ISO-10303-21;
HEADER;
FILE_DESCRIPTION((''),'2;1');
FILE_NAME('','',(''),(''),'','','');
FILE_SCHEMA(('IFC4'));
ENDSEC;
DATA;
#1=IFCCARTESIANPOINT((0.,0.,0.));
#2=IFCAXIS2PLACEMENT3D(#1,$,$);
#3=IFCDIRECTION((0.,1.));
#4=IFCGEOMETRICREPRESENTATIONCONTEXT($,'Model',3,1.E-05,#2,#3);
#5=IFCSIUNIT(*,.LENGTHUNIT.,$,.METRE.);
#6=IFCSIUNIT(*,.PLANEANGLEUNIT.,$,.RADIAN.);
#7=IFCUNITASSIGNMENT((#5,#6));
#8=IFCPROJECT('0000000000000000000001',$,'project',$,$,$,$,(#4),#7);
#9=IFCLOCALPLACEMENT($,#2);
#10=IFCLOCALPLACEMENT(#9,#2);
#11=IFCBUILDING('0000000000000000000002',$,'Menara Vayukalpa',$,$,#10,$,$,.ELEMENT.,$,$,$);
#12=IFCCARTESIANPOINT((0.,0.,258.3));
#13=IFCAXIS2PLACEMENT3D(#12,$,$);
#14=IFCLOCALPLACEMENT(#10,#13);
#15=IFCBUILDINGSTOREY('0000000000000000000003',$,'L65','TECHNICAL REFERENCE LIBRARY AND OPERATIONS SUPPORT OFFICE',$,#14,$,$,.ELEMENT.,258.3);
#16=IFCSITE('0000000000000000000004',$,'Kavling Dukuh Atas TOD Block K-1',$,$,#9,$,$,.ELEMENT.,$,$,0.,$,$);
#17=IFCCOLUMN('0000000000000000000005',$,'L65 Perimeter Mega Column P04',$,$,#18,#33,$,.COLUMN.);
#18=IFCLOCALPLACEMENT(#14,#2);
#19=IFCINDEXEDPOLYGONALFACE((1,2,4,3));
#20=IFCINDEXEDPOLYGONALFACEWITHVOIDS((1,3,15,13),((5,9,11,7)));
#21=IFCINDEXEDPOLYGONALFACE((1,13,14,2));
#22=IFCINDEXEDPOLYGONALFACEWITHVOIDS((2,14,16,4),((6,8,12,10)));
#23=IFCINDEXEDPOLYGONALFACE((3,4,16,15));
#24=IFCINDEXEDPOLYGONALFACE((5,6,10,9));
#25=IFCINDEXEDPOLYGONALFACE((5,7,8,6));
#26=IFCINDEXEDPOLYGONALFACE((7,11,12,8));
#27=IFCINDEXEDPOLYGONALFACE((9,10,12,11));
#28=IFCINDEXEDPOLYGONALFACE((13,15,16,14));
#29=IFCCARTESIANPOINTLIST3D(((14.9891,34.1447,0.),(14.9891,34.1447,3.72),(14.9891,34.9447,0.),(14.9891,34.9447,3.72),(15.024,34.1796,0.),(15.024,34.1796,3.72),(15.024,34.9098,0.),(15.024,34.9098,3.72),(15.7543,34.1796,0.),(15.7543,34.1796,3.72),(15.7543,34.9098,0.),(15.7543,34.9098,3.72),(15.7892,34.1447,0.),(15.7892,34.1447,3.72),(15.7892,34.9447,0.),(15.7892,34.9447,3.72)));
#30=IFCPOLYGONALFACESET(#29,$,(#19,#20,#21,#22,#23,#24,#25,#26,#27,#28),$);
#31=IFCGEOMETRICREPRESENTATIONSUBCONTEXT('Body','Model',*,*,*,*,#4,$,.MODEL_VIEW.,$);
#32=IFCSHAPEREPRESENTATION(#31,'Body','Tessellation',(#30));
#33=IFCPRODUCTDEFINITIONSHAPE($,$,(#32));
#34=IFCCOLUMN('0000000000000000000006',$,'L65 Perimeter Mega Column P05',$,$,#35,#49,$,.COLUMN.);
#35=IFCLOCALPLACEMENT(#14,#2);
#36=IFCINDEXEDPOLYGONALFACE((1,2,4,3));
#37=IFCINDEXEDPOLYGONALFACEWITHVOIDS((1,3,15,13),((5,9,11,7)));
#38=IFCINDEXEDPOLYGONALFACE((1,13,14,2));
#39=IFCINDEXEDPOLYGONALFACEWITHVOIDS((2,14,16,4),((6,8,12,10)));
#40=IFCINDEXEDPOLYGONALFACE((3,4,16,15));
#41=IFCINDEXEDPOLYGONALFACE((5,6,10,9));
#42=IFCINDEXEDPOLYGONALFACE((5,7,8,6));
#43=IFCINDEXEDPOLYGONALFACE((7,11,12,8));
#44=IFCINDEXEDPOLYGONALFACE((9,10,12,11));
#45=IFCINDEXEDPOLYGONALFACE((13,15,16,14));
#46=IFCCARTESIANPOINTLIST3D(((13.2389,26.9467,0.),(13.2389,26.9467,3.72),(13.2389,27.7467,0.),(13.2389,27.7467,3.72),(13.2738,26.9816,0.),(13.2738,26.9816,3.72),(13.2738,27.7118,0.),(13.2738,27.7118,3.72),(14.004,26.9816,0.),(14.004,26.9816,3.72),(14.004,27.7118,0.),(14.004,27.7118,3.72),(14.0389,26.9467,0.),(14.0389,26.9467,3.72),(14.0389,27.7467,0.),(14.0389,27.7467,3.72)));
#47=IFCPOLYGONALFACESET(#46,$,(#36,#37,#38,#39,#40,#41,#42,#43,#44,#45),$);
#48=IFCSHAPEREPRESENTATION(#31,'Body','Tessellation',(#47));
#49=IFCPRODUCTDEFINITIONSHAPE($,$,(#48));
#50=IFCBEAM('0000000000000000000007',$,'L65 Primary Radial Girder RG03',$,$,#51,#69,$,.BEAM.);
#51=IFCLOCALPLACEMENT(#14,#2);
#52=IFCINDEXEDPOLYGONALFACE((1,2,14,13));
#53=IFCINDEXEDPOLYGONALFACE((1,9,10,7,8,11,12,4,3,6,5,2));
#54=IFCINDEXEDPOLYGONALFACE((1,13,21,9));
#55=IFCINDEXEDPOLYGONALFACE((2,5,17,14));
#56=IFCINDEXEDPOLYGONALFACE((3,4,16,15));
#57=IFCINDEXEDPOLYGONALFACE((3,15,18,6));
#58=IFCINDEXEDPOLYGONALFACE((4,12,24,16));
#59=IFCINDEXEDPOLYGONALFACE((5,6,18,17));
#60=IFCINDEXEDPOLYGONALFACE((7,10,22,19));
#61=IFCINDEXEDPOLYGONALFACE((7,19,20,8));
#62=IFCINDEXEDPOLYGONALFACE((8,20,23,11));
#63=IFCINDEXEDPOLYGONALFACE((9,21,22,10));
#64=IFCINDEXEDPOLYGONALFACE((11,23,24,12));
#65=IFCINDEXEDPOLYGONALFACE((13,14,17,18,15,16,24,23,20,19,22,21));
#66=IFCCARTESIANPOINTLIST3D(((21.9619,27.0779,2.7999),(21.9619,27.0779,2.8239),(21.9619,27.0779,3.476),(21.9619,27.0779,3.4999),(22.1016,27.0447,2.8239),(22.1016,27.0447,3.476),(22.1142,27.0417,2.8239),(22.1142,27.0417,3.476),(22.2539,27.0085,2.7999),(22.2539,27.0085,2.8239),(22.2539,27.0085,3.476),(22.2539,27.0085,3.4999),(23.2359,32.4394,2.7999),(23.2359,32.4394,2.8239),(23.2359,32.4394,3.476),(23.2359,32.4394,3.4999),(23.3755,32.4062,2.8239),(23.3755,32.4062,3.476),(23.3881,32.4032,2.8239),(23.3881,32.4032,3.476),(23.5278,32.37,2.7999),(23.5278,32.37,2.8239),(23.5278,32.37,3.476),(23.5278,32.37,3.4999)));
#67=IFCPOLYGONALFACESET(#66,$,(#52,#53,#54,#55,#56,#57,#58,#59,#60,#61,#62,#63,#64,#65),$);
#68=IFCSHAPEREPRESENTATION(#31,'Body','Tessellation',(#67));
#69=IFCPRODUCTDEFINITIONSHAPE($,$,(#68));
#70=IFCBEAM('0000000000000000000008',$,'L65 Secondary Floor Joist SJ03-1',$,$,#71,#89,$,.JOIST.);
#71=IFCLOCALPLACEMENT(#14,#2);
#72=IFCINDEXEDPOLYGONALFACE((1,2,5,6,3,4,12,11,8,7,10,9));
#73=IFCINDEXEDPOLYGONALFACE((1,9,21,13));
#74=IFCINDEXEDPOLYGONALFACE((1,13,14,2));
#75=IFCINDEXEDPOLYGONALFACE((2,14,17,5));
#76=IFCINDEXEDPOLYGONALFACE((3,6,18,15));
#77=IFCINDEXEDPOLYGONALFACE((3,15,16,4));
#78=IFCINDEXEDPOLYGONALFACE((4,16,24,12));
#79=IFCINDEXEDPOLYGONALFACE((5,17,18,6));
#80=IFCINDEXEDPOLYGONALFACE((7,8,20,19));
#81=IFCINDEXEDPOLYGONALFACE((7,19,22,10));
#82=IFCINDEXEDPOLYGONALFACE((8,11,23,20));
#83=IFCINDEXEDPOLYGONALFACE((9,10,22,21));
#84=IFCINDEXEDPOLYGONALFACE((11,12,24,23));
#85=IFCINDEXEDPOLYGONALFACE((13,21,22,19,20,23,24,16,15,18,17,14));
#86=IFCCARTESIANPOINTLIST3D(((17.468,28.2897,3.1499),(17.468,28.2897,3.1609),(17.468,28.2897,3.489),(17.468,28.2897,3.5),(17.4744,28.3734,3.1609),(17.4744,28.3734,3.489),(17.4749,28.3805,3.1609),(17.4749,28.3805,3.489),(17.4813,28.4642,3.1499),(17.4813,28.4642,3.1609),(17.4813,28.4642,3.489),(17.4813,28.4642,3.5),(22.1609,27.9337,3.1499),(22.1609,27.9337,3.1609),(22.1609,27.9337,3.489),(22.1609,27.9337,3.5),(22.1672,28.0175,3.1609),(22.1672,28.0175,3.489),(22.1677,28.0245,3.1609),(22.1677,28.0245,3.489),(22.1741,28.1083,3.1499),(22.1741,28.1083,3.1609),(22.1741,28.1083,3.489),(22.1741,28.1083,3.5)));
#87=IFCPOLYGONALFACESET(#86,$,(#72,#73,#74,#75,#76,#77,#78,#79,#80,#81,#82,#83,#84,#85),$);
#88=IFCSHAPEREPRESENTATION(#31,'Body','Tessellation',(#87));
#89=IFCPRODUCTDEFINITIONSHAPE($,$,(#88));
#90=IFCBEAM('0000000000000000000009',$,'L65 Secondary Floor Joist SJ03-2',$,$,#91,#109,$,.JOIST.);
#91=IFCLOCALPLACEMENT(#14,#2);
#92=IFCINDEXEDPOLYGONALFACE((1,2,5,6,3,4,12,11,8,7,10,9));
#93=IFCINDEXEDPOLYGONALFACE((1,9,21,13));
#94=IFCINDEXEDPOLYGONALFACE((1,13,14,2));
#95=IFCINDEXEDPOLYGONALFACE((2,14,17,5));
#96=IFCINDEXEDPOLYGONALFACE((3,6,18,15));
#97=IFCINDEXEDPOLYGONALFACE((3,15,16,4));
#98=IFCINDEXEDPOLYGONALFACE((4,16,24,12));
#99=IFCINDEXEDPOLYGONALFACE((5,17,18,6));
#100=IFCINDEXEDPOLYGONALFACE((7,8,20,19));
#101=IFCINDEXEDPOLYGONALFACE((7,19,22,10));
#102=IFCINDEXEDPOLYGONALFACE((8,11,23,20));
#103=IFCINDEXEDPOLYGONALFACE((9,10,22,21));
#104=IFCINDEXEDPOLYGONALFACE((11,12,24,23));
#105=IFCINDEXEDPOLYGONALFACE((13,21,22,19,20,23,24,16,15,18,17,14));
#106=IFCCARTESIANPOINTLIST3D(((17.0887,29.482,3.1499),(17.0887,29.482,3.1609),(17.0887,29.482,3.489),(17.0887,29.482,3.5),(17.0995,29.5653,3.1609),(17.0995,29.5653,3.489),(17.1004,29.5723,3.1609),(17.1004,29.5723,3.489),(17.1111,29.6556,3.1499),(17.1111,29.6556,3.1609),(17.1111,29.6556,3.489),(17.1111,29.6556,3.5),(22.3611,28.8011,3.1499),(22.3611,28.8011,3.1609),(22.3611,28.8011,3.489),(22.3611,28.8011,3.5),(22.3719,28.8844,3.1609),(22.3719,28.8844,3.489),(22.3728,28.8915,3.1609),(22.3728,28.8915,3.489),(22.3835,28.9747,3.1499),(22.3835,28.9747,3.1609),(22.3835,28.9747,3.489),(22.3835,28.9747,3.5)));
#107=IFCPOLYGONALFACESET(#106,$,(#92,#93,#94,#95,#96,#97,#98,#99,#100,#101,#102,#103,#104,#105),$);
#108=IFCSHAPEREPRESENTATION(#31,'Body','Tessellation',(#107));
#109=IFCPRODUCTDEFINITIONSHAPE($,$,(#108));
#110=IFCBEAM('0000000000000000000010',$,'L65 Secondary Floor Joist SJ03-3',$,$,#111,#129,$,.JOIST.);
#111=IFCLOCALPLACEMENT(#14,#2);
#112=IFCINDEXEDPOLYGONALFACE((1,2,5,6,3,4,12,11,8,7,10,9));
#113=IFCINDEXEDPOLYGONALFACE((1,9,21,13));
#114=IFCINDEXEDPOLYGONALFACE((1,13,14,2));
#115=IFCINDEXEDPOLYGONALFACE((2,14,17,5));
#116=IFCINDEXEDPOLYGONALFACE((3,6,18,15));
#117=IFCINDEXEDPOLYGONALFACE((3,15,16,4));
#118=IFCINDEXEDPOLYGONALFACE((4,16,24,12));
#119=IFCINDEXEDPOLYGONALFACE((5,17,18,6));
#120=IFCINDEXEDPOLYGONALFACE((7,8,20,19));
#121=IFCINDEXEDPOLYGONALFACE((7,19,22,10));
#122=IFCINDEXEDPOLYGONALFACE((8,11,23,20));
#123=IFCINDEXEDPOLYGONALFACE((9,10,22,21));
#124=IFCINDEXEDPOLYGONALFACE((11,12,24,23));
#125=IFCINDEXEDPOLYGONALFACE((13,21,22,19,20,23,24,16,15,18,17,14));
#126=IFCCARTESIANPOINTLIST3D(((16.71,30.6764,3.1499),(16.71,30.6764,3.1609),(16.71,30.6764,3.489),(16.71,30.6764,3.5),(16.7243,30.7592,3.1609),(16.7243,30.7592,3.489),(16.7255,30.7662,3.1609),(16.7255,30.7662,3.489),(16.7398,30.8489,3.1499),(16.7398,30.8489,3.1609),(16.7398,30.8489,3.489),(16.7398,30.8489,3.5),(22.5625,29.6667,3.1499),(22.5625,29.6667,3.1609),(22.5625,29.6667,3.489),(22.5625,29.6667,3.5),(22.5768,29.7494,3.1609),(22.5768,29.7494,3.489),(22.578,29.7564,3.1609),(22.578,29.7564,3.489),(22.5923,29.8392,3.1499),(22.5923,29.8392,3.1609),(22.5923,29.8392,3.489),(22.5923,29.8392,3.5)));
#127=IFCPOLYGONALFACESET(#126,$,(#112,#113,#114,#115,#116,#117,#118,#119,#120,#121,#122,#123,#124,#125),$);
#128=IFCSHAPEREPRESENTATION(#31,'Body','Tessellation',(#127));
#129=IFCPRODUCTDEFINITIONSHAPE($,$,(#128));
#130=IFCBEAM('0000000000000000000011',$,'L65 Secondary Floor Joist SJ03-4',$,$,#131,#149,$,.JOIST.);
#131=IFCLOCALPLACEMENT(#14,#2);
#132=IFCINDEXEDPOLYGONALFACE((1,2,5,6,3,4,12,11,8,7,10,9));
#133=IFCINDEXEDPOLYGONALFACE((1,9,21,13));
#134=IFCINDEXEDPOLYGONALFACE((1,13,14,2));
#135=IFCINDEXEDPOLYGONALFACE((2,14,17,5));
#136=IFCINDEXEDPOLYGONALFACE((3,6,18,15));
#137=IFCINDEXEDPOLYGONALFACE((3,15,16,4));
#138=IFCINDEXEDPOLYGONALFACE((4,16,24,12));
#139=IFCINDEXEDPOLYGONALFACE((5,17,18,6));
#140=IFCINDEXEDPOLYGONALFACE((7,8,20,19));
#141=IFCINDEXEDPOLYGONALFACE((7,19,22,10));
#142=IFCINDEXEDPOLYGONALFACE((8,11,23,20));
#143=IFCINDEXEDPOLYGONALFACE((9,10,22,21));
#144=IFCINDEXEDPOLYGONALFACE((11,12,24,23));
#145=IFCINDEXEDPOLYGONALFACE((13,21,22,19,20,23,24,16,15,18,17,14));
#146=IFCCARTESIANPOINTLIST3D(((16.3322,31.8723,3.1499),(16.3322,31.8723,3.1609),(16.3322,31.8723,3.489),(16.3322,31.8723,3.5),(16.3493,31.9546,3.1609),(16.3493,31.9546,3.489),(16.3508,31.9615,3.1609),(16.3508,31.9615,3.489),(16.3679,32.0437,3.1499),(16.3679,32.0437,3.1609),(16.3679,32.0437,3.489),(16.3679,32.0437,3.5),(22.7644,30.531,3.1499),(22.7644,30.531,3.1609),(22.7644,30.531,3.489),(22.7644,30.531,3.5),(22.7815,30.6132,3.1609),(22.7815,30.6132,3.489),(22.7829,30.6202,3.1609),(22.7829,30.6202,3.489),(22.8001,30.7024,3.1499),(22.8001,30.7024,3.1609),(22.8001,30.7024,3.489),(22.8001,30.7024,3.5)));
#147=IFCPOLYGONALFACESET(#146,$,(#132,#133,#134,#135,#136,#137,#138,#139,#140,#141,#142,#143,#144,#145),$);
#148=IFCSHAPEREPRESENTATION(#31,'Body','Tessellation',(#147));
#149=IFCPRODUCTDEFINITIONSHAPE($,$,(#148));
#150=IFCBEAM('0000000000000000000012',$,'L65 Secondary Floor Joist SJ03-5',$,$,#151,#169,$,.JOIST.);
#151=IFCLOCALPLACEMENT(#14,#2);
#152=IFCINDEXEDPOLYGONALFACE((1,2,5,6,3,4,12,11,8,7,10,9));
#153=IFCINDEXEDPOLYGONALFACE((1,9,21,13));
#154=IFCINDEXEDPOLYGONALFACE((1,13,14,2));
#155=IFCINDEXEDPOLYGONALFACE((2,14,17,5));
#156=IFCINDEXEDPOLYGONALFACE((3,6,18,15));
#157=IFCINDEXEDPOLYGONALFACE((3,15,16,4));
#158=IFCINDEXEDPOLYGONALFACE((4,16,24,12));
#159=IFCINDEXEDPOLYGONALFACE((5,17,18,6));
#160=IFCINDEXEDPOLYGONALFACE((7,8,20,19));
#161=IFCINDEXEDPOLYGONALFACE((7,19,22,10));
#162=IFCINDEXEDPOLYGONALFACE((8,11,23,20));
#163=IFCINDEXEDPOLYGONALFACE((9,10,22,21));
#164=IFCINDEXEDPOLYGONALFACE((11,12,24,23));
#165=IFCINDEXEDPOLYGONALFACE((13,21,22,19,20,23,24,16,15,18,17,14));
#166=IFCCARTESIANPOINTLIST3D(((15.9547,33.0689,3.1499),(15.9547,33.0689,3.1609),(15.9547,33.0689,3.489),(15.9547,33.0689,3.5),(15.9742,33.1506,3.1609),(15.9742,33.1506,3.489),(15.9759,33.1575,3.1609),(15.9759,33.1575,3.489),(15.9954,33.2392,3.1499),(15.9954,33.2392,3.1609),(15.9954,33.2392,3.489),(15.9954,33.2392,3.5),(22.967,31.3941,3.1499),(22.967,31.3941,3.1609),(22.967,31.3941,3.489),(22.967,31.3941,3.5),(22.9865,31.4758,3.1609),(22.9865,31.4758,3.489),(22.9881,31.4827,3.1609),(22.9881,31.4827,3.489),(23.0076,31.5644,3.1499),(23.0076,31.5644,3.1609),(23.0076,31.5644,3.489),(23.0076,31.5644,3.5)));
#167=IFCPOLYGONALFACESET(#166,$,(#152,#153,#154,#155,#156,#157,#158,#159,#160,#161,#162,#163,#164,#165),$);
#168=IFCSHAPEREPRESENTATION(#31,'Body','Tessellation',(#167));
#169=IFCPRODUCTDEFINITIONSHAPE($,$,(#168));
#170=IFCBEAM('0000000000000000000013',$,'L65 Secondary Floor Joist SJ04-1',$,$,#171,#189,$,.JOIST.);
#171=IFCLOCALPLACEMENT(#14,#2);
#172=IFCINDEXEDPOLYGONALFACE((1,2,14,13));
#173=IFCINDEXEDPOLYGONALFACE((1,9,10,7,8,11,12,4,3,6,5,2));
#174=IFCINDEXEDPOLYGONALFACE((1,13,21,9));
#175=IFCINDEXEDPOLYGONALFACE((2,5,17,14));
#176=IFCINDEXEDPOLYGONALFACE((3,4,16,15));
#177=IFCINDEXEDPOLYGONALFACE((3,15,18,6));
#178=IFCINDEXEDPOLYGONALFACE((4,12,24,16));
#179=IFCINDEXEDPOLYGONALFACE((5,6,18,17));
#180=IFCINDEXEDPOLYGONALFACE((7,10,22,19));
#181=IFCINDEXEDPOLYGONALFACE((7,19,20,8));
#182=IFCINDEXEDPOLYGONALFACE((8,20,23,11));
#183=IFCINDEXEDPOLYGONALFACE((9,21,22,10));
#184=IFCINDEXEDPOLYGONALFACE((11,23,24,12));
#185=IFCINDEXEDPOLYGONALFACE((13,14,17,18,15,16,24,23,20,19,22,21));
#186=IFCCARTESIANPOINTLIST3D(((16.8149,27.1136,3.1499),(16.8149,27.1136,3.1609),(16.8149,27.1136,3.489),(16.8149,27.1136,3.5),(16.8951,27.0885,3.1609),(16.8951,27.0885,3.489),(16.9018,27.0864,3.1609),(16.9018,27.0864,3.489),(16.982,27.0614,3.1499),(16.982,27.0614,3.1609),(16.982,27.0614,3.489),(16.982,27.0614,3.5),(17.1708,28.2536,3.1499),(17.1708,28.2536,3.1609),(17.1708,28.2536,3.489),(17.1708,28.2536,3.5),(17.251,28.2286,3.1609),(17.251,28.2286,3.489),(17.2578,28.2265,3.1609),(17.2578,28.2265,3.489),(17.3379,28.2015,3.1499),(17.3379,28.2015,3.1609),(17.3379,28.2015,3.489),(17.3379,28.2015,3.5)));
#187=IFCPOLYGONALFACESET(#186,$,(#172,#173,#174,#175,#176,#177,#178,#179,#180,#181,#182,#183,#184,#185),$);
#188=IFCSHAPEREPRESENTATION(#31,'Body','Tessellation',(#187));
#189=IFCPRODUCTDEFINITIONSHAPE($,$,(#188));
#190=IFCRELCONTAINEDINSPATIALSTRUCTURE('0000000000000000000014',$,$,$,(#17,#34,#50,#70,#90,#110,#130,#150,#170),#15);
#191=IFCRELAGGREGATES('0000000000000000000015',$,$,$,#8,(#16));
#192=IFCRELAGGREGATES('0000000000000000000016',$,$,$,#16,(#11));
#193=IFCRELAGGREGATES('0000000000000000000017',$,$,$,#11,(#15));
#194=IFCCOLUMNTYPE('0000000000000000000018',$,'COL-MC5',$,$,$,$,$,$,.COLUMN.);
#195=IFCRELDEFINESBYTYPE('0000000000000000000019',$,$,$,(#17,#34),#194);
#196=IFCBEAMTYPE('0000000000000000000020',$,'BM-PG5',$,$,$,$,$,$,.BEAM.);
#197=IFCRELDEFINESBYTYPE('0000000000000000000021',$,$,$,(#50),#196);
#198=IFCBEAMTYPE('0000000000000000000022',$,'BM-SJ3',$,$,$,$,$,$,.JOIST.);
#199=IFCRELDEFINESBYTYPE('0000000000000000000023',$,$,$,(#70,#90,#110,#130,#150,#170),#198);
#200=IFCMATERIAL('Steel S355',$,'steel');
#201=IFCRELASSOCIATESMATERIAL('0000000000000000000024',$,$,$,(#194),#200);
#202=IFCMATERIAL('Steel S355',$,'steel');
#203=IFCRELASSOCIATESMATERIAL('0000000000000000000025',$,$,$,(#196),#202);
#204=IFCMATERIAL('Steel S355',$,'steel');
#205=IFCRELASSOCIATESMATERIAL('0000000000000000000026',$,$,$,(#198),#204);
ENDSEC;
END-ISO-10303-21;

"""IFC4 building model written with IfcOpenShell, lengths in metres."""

from ifc_helpers import new_model, si_unit, direction, frame, origin, origin_2d, place, context, subcontext, project, spatial, hollow_rectangle, i_section, extrude, material, material_profile, profile_set, type_object, element, save


model = new_model("IFC4")

# Units and contexts
model_context = context("Model", 3, precision=1e-05, world=origin(), true_north=direction((0.0, 1.0)))
body_context = subcontext(model_context, "Body", "Model", "MODEL_VIEW")
ifc_project = project(units=[si_unit("LENGTHUNIT", "METRE"), si_unit("PLANEANGLEUNIT", "RADIAN")], contexts=[model_context])

# Site, building, storey
site_placement = place(None, origin())
site = spatial("IfcSite", under=ifc_project, at=site_placement, Name="Kavling Dukuh Atas TOD Block K-1", CompositionType="ELEMENT", RefElevation=0.0)
building_placement = place(site_placement, origin())
building = spatial("IfcBuilding", under=site, at=building_placement, Name="Menara Vayukalpa", CompositionType="ELEMENT")
storey_placement = place(building_placement, frame((0.0, 0.0, 258.3)))
storey = spatial("IfcBuildingStorey", under=building, at=storey_placement, Name="L65", Description="TECHNICAL REFERENCE LIBRARY AND OPERATIONS SUPPORT OFFICE", CompositionType="ELEMENT", Elevation=258.3)

# Columns
ifc_material_1 = material(Name="Steel S355", Category="steel")
ifc_material_profile_1 = material_profile(ifc_material_1, hollow_rectangle(XDim=0.8, YDim=0.8, WallThickness=0.0349, at=origin_2d()), Name="BOX 800x800x35")
ifc_profile_set_1 = profile_set([ifc_material_profile_1], Name="Steel S355")
column_type = type_object("IfcColumnType", Name="COL-MC5", PredefinedType="COLUMN", material=ifc_profile_set_1)
for number, where, z_axis, x_axis, name in (
    (1, (15.3892, 34.5447, 0.0), (0.0, 0.0, 1.0), (1.0, 0.0, 0.0), "L65 Perimeter Mega Column P04"),
    (2, (13.6389, 27.3467, 0.0), (0.0, 0.0, 1.0), (1.0, 0.0, 0.0), "L65 Perimeter Mega Column P05"),
):
    element("IfcColumn", number, at=place(storey_placement, frame(where, z_axis=z_axis, x_axis=x_axis)), inside=storey, type_object=column_type, Name=name, PredefinedType="COLUMN", context=body_context, shape_type="SweptSolid", body=[
        extrude(hollow_rectangle(XDim=0.8, YDim=0.8, WallThickness=0.0349, at=origin_2d()), origin(), (0.0, 0.0, 1.0), 3.72),
    ])

# Beams
ifc_material_2 = material(Name="Steel S355", Category="steel")
ifc_material_profile_2 = material_profile(ifc_material_2, i_section(OverallWidth=0.3, OverallDepth=0.7, WebThickness=0.0129, FlangeThickness=0.0239, at=origin_2d()), Name="WF 700x300x13x24")
ifc_profile_set_2 = profile_set([ifc_material_profile_2], Name="Steel S355")
beam_type_1 = type_object("IfcBeamType", Name="BM-PG5", PredefinedType="BEAM", material=ifc_profile_set_2)
beam_1_placement = place(storey_placement, frame((22.1079, 27.0432, 3.1499), z_axis=(0.231167, 0.972914, 0.0), x_axis=(-0.972914, 0.231167, 0.0)))
element("IfcBeam", 3, at=beam_1_placement, inside=storey, type_object=beam_type_1, Name="L65 Primary Radial Girder RG03", PredefinedType="BEAM", context=body_context, shape_type="SweptSolid", body=[
    extrude(i_section(OverallWidth=0.3, OverallDepth=0.7, WebThickness=0.0129, FlangeThickness=0.0239, at=origin_2d()), origin(), (0.0, 0.0, 1.0), 5.5107),
])
ifc_material_3 = material(Name="Steel S355", Category="steel")
ifc_material_profile_3 = material_profile(ifc_material_3, i_section(OverallWidth=0.175, OverallDepth=0.3501, WebThickness=0.0071, FlangeThickness=0.011, at=origin_2d()), Name="WF 350x175x7x11")
ifc_profile_set_3 = profile_set([ifc_material_profile_3], Name="Steel S355")
beam_type_2 = type_object("IfcBeamType", Name="BM-SJ3", PredefinedType="JOIST", material=ifc_profile_set_3)
beam_2_placement = place(storey_placement, frame((22.1675, 28.021, 3.325), z_axis=(-0.997136, 0.075633, 0.0), x_axis=(-0.075633, -0.997136, 0.0)))
element("IfcBeam", 4, at=beam_2_placement, inside=storey, type_object=beam_type_2, Name="L65 Secondary Floor Joist SJ03-1", PredefinedType="JOIST", context=body_context, shape_type="SweptSolid", body=[
    extrude(i_section(OverallWidth=0.175, OverallDepth=0.3501, WebThickness=0.0071, FlangeThickness=0.011, at=origin_2d()), origin(), (0.0, 0.0, 1.0), 4.7063),
])
beam_3_placement = place(storey_placement, frame((22.3723, 28.8879, 3.325), z_axis=(-0.991764, 0.128081, 0.0), x_axis=(-0.128081, -0.991764, 0.0)))
element("IfcBeam", 5, at=beam_3_placement, inside=storey, type_object=beam_type_2, Name="L65 Secondary Floor Joist SJ03-2", PredefinedType="JOIST", context=body_context, shape_type="SweptSolid", body=[
    extrude(i_section(OverallWidth=0.175, OverallDepth=0.3501, WebThickness=0.0071, FlangeThickness=0.011, at=origin_2d()), origin(), (0.0, 0.0, 1.0), 5.3162),
])
beam_4_placement = place(storey_placement, frame((22.5774, 29.7529, 3.325), z_axis=(-0.98544, 0.170023, 0.0), x_axis=(-0.170023, -0.98544, 0.0)))
element("IfcBeam", 6, at=beam_4_placement, inside=storey, type_object=beam_type_2, Name="L65 Secondary Floor Joist SJ03-3", PredefinedType="JOIST", context=body_context, shape_type="SweptSolid", body=[
    extrude(i_section(OverallWidth=0.175, OverallDepth=0.3501, WebThickness=0.0071, FlangeThickness=0.011, at=origin_2d()), origin(), (0.0, 0.0, 1.0), 5.939),
])
beam_5_placement = place(storey_placement, frame((22.7822, 30.6167, 3.325), z_axis=(-0.978941, 0.204141, 0.0), x_axis=(-0.204141, -0.978941, 0.0)))
element("IfcBeam", 7, at=beam_5_placement, inside=storey, type_object=beam_type_2, Name="L65 Secondary Floor Joist SJ03-4", PredefinedType="JOIST", context=body_context, shape_type="SweptSolid", body=[
    extrude(i_section(OverallWidth=0.175, OverallDepth=0.3501, WebThickness=0.0071, FlangeThickness=0.011, at=origin_2d()), origin(), (0.0, 0.0, 1.0), 6.5706),
])
beam_6_placement = place(storey_placement, frame((22.9873, 31.4792, 3.325), z_axis=(-0.972642, 0.232307, 0.0), x_axis=(-0.232307, -0.972642, 0.0)))
element("IfcBeam", 8, at=beam_6_placement, inside=storey, type_object=beam_type_2, Name="L65 Secondary Floor Joist SJ03-5", PredefinedType="JOIST", context=body_context, shape_type="SweptSolid", body=[
    extrude(i_section(OverallWidth=0.175, OverallDepth=0.3501, WebThickness=0.0071, FlangeThickness=0.011, at=origin_2d()), origin(), (0.0, 0.0, 1.0), 7.2095),
])
beam_7_placement = place(storey_placement, frame((17.2544, 28.2275, 3.325), z_axis=(-0.298019, -0.95456, 0.0), x_axis=(0.95456, -0.298019, 0.0)))
element("IfcBeam", 9, at=beam_7_placement, inside=storey, type_object=beam_type_2, Name="L65 Secondary Floor Joist SJ04-1", PredefinedType="JOIST", context=body_context, shape_type="SweptSolid", body=[
    extrude(i_section(OverallWidth=0.175, OverallDepth=0.3501, WebThickness=0.0071, FlangeThickness=0.011, at=origin_2d()), origin(), (0.0, 0.0, 1.0), 1.1943),
])

save(model, "model.ifc")
